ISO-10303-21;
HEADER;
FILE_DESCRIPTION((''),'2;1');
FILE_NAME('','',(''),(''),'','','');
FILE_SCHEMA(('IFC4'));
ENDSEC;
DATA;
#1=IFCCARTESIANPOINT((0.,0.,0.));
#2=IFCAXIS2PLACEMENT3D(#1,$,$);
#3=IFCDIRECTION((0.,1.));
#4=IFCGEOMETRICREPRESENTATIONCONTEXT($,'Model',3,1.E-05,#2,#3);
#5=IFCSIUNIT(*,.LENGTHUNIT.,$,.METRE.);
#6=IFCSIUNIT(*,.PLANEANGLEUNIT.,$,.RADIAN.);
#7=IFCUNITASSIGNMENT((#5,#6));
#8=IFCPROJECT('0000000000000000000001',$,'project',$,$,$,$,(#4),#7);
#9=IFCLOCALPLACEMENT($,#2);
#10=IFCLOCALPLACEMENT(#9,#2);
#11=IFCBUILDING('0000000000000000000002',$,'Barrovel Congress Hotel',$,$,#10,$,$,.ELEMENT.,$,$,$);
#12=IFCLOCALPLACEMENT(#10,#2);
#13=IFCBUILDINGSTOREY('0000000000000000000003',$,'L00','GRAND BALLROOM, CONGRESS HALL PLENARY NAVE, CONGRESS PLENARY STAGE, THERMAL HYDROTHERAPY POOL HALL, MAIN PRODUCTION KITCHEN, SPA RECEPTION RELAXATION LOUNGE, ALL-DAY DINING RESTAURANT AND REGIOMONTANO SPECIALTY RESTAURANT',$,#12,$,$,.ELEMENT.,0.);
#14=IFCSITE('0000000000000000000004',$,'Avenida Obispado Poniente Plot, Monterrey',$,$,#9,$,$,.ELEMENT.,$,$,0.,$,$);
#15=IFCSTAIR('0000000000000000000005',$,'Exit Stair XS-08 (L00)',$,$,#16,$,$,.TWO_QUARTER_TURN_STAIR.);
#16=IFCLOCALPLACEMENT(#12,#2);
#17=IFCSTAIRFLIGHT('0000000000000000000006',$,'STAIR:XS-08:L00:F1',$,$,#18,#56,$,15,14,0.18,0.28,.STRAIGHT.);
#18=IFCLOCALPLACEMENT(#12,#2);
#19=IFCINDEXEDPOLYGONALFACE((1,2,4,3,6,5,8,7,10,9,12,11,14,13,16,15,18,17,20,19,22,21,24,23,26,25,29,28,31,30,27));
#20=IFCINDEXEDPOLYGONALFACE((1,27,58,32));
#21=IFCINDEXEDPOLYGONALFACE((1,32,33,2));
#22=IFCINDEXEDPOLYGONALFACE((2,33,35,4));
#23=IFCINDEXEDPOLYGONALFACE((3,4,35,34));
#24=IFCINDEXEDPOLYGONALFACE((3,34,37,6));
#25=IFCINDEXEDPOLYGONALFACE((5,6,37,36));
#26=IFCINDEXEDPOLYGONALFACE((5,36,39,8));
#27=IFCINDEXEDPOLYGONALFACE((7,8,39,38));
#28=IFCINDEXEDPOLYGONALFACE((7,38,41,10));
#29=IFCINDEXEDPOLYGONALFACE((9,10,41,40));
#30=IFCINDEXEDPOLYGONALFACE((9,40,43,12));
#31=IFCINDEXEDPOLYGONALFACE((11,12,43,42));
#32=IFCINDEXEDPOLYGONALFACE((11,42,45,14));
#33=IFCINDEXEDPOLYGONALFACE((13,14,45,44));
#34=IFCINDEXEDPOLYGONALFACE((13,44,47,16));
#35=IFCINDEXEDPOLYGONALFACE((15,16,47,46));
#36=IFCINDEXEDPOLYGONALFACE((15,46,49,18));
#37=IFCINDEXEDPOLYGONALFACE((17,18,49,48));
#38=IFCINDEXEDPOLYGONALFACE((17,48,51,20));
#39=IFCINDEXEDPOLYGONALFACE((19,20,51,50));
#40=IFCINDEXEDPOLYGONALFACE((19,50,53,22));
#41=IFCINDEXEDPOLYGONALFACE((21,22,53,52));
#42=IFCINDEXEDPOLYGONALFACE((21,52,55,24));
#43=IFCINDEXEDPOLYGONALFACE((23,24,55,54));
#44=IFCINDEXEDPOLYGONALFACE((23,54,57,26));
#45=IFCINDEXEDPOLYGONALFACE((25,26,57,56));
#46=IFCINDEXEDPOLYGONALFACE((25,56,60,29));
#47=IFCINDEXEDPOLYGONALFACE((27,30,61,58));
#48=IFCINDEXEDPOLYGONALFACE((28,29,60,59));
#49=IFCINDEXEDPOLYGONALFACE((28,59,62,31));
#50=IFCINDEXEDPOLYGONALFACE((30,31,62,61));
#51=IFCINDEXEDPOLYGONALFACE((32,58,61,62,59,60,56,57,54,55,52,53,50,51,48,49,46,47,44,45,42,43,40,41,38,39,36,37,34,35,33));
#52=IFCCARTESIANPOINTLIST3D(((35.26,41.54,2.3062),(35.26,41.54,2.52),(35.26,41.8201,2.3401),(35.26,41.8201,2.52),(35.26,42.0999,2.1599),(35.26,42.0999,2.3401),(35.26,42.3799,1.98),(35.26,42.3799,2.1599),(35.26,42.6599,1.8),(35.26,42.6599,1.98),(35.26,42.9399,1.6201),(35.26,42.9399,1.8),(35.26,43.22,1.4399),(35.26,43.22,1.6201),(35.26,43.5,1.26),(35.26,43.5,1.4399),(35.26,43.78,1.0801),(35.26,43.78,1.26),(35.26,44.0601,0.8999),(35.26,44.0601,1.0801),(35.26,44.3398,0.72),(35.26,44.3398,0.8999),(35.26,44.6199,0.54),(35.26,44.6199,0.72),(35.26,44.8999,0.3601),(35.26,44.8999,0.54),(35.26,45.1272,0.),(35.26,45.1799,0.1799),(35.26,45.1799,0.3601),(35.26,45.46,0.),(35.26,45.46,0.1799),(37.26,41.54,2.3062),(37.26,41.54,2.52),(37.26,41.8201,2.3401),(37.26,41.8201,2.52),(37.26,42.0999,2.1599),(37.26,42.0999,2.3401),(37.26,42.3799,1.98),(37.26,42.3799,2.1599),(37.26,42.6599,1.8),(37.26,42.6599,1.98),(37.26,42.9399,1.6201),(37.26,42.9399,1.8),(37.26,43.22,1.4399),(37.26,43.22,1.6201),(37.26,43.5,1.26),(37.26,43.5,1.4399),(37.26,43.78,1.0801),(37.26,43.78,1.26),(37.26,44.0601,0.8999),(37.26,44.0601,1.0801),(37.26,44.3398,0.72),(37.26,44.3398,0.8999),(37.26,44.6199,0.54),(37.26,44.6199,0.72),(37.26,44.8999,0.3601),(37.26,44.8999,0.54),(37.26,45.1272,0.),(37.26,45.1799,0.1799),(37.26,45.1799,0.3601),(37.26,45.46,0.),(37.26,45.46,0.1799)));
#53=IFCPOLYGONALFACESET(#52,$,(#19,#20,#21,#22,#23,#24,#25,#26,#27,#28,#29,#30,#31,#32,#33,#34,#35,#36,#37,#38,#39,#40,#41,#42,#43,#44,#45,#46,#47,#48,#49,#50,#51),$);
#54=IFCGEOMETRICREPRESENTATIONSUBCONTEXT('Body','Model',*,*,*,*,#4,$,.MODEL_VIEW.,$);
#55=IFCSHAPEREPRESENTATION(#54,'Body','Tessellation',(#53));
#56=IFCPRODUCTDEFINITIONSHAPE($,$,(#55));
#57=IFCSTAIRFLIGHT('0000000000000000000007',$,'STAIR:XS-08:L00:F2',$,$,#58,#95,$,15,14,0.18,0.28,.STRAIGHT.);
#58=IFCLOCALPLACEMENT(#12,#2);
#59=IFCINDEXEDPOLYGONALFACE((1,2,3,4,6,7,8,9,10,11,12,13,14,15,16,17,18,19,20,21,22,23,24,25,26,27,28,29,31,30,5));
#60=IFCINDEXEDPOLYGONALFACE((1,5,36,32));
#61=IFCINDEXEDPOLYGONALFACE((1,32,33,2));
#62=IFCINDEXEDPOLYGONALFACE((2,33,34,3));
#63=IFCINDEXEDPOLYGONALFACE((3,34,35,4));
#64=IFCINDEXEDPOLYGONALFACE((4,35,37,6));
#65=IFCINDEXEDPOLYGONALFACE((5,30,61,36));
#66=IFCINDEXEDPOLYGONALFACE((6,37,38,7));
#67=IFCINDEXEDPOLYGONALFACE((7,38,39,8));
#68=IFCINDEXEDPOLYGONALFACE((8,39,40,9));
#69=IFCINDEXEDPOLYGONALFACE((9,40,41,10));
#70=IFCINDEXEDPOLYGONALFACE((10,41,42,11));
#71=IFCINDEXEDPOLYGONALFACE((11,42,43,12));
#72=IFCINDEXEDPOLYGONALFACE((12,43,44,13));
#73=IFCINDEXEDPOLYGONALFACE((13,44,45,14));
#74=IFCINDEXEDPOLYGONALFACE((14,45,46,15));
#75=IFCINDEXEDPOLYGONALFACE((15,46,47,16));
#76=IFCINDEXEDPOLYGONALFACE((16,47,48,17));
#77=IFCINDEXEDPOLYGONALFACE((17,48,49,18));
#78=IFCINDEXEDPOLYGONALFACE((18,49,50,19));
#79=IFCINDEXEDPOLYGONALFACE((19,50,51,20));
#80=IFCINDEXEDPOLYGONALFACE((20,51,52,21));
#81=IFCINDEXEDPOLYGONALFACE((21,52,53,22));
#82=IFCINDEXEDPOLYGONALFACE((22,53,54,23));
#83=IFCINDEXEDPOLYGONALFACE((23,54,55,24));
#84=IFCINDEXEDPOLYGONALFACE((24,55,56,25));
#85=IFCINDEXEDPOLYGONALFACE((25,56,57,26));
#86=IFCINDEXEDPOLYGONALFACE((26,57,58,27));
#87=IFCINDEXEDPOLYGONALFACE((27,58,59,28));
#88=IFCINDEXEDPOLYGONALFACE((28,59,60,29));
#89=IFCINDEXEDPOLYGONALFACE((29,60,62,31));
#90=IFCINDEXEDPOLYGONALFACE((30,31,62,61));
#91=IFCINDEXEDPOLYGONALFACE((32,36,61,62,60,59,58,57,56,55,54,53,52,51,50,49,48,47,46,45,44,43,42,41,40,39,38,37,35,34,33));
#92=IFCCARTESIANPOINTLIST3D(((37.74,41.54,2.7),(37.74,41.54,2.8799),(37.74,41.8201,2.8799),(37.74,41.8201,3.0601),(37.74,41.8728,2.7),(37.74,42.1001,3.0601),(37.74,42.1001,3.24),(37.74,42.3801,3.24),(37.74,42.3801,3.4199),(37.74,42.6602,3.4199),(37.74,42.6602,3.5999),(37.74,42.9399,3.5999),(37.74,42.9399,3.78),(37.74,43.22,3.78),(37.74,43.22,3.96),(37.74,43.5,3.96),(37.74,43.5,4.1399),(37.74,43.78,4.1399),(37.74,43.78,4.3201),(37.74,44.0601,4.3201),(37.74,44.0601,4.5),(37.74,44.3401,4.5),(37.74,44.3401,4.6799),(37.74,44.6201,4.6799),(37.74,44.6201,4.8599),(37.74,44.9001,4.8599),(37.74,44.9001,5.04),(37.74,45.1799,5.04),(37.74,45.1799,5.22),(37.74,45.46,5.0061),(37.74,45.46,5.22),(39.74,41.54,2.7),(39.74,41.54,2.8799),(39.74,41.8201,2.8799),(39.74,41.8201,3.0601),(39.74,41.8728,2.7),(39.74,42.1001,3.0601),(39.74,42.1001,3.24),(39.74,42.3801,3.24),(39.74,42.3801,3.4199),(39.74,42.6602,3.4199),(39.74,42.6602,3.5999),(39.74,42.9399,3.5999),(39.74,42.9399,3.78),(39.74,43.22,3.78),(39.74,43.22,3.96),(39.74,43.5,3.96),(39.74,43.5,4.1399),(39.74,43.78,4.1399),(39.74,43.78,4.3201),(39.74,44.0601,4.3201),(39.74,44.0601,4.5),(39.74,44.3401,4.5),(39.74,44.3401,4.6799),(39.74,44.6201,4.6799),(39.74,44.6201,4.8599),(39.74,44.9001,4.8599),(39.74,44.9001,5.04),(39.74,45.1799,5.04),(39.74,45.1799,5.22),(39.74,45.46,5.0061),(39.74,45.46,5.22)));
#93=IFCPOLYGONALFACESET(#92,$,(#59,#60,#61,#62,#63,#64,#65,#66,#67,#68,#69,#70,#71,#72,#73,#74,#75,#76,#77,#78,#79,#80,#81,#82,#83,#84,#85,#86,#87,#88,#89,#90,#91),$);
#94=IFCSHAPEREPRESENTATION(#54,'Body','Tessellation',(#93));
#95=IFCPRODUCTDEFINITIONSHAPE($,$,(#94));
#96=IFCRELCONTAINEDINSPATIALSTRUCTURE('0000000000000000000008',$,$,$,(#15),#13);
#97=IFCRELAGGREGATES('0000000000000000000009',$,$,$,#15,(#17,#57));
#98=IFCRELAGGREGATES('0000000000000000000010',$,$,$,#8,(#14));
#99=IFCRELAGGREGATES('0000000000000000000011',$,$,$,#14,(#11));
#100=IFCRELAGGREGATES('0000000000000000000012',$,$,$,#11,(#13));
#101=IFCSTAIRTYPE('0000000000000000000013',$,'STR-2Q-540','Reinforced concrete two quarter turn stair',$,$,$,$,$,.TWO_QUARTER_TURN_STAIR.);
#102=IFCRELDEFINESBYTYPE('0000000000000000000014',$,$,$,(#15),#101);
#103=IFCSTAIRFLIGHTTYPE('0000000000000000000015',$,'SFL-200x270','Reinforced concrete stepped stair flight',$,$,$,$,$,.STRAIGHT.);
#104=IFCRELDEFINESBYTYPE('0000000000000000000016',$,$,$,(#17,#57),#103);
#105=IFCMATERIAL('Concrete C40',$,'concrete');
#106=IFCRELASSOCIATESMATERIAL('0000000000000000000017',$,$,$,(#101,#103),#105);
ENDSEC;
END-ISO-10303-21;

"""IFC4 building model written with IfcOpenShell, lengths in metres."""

from ifc_helpers import new_model, si_unit, direction, frame, origin, place, context, subcontext, project, spatial, polyline, outline, extrude, material, type_object, element, aggregate, save


model = new_model("IFC4")

# Units and contexts
model_context = context("Model", 3, precision=1e-05, world=origin(), true_north=direction((0.0, 1.0)))
body_context = subcontext(model_context, "Body", "Model", "MODEL_VIEW")
ifc_project = project(units=[si_unit("LENGTHUNIT", "METRE"), si_unit("PLANEANGLEUNIT", "RADIAN")], contexts=[model_context])

# Site, building, storey
site_placement = place(None, origin())
site = spatial("IfcSite", under=ifc_project, at=site_placement, Name="Avenida Obispado Poniente Plot, Monterrey", CompositionType="ELEMENT", RefElevation=0.0)
building_placement = place(site_placement, origin())
building = spatial("IfcBuilding", under=site, at=building_placement, Name="Barrovel Congress Hotel", CompositionType="ELEMENT")
storey_placement = place(building_placement, origin())
storey = spatial("IfcBuildingStorey", under=building, at=storey_placement, Name="L00", Description="GRAND BALLROOM, CONGRESS HALL PLENARY NAVE, CONGRESS PLENARY STAGE, THERMAL HYDROTHERAPY POOL HALL, MAIN PRODUCTION KITCHEN, SPA RECEPTION RELAXATION LOUNGE, ALL-DAY DINING RESTAURANT AND REGIOMONTANO SPECIALTY RESTAURANT", CompositionType="ELEMENT", Elevation=0.0)

# Shared definitions
ifc_material_1 = material(Name="Concrete C40", Category="concrete")

# Stair, stair flights
stair_type = type_object("IfcStairType", Name="STR-2Q-540", Description="Reinforced concrete two quarter turn stair", PredefinedType="TWO_QUARTER_TURN_STAIR", material=ifc_material_1)
stair_placement = place(storey_placement, origin())
stair = element("IfcStair", 1, at=stair_placement, inside=storey, type_object=stair_type, Name="Exit Stair XS-08 (L00)", PredefinedType="TWO_QUARTER_TURN_STAIR")
stair_flight_type = type_object("IfcStairFlightType", Name="SFL-200x270", Description="Reinforced concrete stepped stair flight", PredefinedType="STRAIGHT", material=ifc_material_1)
stair_flight_1_placement = place(storey_placement, frame((36.26, 45.46, 0.0), z_axis=(0.0, 0.0, 1.0), x_axis=(0.0, -1.0, 0.0)))
stair_flight_1 = element("IfcStairFlight", 2, at=stair_flight_1_placement, type_object=stair_flight_type, Name="STAIR:XS-08:L00:F1", NumberOfRisers=15, NumberOfTreads=14, PredefinedType="STRAIGHT", RiserHeight=0.18, TreadLength=0.28, context=body_context, shape_type="SweptSolid", body=[
    extrude(outline(polyline([(0.0, 0.0), (0.0, 0.1799), (0.28, 0.1799), (0.28, 0.3601), (0.5601, 0.3601), (0.5601, 0.54), (0.8401, 0.54), (0.8401, 0.72), (1.1201, 0.72), (1.1201, 0.8999), (1.3999, 0.8999), (1.3999, 1.0801), (1.6799, 1.0801), (1.6799, 1.26), (1.96, 1.26), (1.96, 1.4399), (2.24, 1.4399), (2.24, 1.6201), (2.52, 1.6201), (2.52, 1.8), (2.8, 1.8), (2.8, 1.98), (3.0801, 1.98), (3.0801, 2.1599), (3.3601, 2.1599), (3.3601, 2.3401), (3.6399, 2.3401), (3.6399, 2.52), (3.9199, 2.52), (3.9199, 2.7), (3.9199, 2.3062), (0.3328, 0.0), (0.0, 0.0)])), frame((0.0, 1.0, 0.0), z_axis=(0.0, -1.0, 0.0), x_axis=(1.0, 0.0, 0.0)), (0.0, 0.0, 1.0), 2.0),
])
stair_flight_2_placement = place(storey_placement, frame((38.74, 41.54, 2.7), z_axis=(0.0, 0.0, 1.0), x_axis=(0.0, 1.0, 0.0)))
stair_flight_2 = element("IfcStairFlight", 3, at=stair_flight_2_placement, type_object=stair_flight_type, Name="STAIR:XS-08:L00:F2", NumberOfRisers=15, NumberOfTreads=14, PredefinedType="STRAIGHT", RiserHeight=0.18, TreadLength=0.28, context=body_context, shape_type="SweptSolid", body=[
    extrude(outline(polyline([(0.0, 0.0), (0.0, 0.1799), (0.28, 0.1799), (0.28, 0.3601), (0.5601, 0.3601), (0.5601, 0.54), (0.8401, 0.54), (0.8401, 0.72), (1.1201, 0.72), (1.1201, 0.8999), (1.3999, 0.8999), (1.3999, 1.0801), (1.6799, 1.0801), (1.6799, 1.26), (1.96, 1.26), (1.96, 1.4399), (2.24, 1.4399), (2.24, 1.6201), (2.52, 1.6201), (2.52, 1.8), (2.8, 1.8), (2.8, 1.98), (3.0801, 1.98), (3.0801, 2.1599), (3.3601, 2.1599), (3.3601, 2.3401), (3.6399, 2.3401), (3.6399, 2.52), (3.9199, 2.52), (3.9199, 2.7), (3.9199, 2.3062), (0.3328, 0.0), (0.0, 0.0)])), frame((0.0, 1.0, 0.0), z_axis=(0.0, -1.0, 0.0), x_axis=(1.0, 0.0, 0.0)), (0.0, 0.0, 1.0), 2.0),
])
aggregate(stair, [stair_flight_1, stair_flight_2])

save(model, "model.ifc")
